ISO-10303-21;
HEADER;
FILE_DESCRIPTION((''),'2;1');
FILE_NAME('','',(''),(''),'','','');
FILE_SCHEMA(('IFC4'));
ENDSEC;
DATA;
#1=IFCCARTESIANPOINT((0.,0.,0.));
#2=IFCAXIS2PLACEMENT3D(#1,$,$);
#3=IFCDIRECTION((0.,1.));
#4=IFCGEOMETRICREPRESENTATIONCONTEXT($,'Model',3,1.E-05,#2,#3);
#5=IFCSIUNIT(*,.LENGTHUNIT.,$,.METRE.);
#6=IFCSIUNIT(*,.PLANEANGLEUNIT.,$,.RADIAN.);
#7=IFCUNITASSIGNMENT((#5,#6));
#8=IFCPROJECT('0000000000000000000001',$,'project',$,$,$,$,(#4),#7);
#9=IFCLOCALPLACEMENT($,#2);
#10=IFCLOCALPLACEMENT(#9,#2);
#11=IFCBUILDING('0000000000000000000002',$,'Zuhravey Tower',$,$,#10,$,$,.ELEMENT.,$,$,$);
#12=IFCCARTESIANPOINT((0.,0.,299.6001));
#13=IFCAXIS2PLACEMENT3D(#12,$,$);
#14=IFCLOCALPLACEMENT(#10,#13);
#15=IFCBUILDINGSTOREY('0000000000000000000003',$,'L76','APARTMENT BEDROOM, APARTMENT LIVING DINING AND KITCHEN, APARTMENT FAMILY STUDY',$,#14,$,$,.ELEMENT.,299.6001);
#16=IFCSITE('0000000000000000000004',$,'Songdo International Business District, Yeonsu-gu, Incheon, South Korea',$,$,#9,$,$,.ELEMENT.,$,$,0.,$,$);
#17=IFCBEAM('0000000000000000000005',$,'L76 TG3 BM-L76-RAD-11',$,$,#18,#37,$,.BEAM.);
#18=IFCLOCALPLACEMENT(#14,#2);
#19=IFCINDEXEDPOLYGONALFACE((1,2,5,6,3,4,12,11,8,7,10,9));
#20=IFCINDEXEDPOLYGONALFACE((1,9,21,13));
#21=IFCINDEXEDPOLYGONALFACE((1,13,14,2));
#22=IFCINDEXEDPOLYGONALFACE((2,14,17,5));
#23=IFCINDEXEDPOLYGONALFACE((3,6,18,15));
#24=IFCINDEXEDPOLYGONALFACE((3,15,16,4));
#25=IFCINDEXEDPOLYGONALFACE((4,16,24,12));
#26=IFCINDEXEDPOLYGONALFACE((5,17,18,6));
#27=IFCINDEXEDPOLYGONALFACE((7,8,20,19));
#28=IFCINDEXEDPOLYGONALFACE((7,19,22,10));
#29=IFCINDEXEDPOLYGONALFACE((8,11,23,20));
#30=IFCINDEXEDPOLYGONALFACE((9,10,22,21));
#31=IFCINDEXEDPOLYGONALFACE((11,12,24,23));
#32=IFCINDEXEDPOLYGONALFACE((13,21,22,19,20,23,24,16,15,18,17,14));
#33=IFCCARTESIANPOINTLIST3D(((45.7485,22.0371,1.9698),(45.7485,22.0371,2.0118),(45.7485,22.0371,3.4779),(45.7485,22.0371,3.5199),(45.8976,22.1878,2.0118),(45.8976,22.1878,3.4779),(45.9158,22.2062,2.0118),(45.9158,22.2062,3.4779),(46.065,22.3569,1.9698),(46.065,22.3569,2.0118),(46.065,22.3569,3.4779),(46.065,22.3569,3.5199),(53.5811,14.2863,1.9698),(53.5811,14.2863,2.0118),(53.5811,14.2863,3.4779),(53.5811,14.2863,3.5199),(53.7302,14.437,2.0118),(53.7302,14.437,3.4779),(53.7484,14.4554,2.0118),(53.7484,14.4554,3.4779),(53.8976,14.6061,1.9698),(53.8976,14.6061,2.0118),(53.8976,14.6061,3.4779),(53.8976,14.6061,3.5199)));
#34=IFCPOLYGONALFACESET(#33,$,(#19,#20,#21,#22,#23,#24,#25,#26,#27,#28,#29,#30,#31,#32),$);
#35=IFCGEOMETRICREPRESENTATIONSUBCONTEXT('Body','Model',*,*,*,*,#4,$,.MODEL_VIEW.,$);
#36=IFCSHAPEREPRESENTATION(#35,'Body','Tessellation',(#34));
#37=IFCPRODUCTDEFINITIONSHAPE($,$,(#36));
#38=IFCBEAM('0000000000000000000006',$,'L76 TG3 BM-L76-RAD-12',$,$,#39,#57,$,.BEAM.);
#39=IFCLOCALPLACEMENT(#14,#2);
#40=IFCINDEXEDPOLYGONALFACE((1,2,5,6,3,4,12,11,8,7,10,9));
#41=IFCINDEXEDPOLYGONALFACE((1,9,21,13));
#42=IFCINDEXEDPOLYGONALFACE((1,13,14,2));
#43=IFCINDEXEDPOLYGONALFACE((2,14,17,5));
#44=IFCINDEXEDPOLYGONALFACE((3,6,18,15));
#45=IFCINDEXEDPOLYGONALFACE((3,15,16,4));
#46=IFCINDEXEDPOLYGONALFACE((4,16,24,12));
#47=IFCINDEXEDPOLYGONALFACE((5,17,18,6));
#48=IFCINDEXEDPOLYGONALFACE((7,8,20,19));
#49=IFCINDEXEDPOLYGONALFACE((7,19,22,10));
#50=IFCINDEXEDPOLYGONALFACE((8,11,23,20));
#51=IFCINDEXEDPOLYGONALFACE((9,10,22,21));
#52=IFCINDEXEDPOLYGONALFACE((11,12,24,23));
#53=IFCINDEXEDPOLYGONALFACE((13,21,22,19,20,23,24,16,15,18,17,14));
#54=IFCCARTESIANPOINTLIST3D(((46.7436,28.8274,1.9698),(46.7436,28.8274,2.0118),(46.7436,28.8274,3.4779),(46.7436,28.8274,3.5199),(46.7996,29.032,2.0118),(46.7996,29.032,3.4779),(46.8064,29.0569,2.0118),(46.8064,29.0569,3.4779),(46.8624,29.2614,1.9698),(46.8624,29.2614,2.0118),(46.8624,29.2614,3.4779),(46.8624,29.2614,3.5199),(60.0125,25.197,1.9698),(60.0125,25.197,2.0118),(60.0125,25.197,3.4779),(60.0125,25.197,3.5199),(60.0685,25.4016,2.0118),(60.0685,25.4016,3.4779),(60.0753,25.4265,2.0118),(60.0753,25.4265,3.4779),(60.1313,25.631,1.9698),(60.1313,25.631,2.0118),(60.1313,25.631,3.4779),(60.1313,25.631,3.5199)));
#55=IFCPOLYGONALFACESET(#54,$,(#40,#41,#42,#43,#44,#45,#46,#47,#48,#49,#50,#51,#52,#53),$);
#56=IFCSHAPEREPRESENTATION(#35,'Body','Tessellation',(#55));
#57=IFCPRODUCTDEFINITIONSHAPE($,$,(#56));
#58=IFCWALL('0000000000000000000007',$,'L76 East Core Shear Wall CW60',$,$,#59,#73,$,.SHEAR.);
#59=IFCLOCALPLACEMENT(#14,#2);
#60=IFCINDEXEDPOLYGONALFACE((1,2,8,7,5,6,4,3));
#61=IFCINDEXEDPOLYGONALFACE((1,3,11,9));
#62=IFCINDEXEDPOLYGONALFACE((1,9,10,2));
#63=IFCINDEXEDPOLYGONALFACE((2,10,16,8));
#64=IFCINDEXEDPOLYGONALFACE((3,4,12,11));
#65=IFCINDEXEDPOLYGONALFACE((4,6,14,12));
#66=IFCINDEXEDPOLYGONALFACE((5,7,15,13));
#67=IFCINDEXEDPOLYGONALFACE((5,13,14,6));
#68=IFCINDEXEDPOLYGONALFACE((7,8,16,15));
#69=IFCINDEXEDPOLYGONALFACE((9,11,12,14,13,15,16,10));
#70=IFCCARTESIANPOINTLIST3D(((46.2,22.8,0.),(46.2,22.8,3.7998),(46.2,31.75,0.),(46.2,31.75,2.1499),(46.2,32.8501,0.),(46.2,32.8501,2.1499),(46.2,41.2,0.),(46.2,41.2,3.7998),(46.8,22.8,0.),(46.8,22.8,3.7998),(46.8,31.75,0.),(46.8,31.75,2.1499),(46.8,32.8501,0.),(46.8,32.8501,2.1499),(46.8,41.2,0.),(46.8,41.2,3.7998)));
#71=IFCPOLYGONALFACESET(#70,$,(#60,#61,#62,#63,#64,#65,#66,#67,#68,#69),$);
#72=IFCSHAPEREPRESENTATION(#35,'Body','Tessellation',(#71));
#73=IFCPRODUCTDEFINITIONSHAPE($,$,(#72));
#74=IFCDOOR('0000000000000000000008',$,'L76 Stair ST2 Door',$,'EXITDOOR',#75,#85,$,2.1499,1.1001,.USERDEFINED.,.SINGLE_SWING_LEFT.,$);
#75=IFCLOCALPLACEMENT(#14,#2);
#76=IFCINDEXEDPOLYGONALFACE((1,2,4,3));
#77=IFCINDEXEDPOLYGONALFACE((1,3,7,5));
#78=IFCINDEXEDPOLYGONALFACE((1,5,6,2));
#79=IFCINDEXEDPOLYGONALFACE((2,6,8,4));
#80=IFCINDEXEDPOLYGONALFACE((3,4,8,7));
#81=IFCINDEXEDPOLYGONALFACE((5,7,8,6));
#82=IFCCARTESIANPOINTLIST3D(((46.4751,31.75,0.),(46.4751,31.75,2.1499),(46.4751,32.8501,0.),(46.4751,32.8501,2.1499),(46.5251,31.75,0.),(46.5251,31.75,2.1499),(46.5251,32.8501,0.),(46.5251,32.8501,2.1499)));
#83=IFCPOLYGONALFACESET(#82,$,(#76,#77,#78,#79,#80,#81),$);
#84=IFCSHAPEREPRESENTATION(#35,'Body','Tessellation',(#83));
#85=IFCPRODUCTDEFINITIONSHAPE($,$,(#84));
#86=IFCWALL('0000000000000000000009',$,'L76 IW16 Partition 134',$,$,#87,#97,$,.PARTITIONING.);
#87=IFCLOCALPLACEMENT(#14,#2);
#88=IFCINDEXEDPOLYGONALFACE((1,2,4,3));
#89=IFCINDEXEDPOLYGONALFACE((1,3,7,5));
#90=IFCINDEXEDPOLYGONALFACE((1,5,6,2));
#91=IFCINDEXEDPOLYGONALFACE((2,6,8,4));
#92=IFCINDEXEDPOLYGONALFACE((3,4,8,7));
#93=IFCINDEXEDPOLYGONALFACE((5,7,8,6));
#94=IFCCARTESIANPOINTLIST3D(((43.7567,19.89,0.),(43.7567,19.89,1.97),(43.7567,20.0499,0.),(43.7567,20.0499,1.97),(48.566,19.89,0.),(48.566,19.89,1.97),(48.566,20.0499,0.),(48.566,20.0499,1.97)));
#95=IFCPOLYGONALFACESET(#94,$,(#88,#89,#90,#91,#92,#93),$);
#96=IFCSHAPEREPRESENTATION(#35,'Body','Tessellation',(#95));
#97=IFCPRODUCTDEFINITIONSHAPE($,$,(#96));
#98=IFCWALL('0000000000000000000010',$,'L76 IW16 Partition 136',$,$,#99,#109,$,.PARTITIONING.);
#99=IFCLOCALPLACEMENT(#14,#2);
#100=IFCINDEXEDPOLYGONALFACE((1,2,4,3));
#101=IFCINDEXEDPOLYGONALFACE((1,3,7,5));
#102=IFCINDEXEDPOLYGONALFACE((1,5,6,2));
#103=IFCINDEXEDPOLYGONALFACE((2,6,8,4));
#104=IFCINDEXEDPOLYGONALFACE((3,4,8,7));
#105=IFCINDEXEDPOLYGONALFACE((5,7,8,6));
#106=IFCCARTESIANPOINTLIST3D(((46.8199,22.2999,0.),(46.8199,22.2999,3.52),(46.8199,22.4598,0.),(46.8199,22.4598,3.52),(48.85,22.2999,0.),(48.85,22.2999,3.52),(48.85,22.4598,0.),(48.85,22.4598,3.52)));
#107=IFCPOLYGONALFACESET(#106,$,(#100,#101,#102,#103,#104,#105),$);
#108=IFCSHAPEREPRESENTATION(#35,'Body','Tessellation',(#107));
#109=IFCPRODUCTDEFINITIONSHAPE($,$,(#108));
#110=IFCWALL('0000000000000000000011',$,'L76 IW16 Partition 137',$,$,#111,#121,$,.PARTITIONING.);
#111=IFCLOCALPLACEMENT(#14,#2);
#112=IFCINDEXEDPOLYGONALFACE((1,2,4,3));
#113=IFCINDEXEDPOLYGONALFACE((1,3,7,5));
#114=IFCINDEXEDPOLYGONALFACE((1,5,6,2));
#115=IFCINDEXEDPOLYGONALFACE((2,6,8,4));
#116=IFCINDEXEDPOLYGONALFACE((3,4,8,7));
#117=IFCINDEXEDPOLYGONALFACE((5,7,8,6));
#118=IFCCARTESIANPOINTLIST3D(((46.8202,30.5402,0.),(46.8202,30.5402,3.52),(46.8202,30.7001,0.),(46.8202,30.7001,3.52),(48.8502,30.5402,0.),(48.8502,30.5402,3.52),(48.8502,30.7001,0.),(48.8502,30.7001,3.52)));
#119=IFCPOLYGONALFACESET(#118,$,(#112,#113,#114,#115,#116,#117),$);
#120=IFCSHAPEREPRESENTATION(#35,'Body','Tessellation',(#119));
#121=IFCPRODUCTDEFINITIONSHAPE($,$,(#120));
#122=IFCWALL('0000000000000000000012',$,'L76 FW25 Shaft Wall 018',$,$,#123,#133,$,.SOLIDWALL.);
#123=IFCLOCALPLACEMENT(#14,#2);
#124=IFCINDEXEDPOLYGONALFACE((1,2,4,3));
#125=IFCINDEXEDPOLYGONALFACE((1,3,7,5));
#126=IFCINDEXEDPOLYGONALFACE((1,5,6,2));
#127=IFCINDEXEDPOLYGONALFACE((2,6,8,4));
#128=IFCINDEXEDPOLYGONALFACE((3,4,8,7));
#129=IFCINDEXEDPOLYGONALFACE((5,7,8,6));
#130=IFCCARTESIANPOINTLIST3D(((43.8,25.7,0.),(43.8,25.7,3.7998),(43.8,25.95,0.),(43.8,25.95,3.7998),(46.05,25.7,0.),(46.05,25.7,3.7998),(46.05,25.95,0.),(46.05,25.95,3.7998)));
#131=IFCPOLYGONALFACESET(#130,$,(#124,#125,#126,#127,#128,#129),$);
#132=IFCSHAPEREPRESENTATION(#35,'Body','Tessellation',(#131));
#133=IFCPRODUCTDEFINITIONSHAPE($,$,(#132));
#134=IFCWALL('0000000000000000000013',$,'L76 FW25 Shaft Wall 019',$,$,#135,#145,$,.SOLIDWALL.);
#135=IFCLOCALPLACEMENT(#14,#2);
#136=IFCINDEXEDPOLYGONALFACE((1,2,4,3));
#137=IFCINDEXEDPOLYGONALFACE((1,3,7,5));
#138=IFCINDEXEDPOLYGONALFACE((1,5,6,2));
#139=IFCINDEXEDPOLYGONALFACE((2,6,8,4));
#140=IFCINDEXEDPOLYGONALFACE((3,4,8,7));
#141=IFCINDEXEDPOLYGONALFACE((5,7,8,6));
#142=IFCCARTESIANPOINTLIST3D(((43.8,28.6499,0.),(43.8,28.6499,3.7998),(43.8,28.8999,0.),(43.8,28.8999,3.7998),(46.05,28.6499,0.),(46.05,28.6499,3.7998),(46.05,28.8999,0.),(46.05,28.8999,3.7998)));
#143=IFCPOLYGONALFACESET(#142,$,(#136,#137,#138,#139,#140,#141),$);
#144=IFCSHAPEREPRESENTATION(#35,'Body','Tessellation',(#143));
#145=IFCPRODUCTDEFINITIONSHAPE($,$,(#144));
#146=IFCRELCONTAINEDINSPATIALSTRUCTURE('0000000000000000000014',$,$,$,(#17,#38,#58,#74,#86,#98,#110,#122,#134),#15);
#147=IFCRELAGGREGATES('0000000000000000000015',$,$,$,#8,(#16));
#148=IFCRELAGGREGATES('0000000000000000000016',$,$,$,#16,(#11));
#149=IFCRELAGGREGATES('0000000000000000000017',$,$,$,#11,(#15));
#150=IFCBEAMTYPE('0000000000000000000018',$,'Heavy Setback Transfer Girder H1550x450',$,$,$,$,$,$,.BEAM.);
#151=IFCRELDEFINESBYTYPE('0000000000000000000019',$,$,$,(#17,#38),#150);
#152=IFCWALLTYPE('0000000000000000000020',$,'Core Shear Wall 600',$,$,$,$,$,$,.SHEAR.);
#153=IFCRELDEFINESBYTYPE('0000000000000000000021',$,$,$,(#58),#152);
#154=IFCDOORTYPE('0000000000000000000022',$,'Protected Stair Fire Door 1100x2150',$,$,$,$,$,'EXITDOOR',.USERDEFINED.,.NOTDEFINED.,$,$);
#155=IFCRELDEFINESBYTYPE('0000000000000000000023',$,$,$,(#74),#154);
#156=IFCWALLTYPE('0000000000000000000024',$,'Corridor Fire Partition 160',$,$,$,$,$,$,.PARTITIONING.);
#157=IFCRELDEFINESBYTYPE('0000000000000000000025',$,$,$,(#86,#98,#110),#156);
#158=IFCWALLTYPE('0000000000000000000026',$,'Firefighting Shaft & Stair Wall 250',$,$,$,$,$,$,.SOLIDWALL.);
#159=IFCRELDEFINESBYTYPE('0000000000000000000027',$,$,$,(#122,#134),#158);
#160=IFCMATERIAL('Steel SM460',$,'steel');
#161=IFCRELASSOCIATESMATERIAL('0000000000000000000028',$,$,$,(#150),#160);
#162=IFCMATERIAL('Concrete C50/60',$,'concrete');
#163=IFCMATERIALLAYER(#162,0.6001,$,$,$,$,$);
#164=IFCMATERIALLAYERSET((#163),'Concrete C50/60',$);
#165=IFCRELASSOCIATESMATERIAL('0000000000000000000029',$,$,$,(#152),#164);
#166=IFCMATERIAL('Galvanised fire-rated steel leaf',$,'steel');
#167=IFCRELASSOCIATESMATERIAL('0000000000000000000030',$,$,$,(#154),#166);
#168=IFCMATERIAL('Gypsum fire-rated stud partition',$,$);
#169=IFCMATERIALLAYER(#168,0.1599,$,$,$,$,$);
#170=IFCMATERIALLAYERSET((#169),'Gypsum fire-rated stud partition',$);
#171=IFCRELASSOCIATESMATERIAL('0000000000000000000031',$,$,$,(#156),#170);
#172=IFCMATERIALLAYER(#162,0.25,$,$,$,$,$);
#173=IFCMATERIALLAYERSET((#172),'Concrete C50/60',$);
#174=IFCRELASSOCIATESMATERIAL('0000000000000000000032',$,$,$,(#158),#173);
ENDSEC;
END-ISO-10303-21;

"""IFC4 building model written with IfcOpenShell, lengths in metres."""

from ifc_helpers import new_model, si_unit, direction, frame, frame_2d, origin, origin_2d, place, context, subcontext, project, spatial, rectangle, i_section, extrude, material, layer, layer_set, material_profile, profile_set, type_object, element, fill, save


model = new_model("IFC4")

# Units and contexts
model_context = context("Model", 3, precision=1e-05, world=origin(), true_north=direction((0.0, 1.0)))
body_context = subcontext(model_context, "Body", "Model", "MODEL_VIEW")
ifc_project = project(units=[si_unit("LENGTHUNIT", "METRE"), si_unit("PLANEANGLEUNIT", "RADIAN")], contexts=[model_context])

# Site, building, storey
site_placement = place(None, origin())
site = spatial("IfcSite", under=ifc_project, at=site_placement, Name="Songdo International Business District, Yeonsu-gu, Incheon, South Korea", CompositionType="ELEMENT", RefElevation=0.0)
building_placement = place(site_placement, origin())
building = spatial("IfcBuilding", under=site, at=building_placement, Name="Zuhravey Tower", CompositionType="ELEMENT")
storey_placement = place(building_placement, frame((0.0, 0.0, 299.6001)))
storey = spatial("IfcBuildingStorey", under=building, at=storey_placement, Name="L76", Description="APARTMENT BEDROOM, APARTMENT LIVING DINING AND KITCHEN, APARTMENT FAMILY STUDY", CompositionType="ELEMENT", Elevation=299.6001)

# Beams
ifc_material_1 = material(Name="Steel SM460", Category="steel")
ifc_material_profile = material_profile(ifc_material_1, i_section(OverallWidth=0.45, OverallDepth=1.55, WebThickness=0.0259, FlangeThickness=0.042, at=origin_2d()), Name="H-1550x450x26x42")
ifc_profile_set = profile_set([ifc_material_profile], Name="Steel SM460")
beam_type = type_object("IfcBeamType", Name="Heavy Setback Transfer Girder H1550x450", PredefinedType="BEAM", material=ifc_profile_set)
beam_1_placement = place(storey_placement, frame((45.9067, 22.197, 2.7449), z_axis=(0.710808, -0.703386, 0.0), x_axis=(0.703386, 0.710808, 0.0)))
element("IfcBeam", 1, at=beam_1_placement, inside=storey, type_object=beam_type, Name="L76 TG3 BM-L76-RAD-11", PredefinedType="BEAM", context=body_context, shape_type="SweptSolid", body=[
    extrude(i_section(OverallWidth=0.45, OverallDepth=1.55, WebThickness=0.0259, FlangeThickness=0.042, at=origin_2d()), origin(), (0.0, 0.0, 1.0), 11.0193),
])
beam_2_placement = place(storey_placement, frame((46.803, 29.0444, 2.7449), z_axis=(0.964549, -0.263903, 0.0), x_axis=(0.263903, 0.964549, 0.0)))
element("IfcBeam", 2, at=beam_2_placement, inside=storey, type_object=beam_type, Name="L76 TG3 BM-L76-RAD-12", PredefinedType="BEAM", context=body_context, shape_type="SweptSolid", body=[
    extrude(i_section(OverallWidth=0.45, OverallDepth=1.55, WebThickness=0.0259, FlangeThickness=0.042, at=origin_2d()), origin(), (0.0, 0.0, 1.0), 13.7566),
])

# Wall, opening, door
ifc_material_2 = material(Name="Concrete C50/60", Category="concrete")
ifc_layer_1 = layer(ifc_material_2, 0.6001)
ifc_layer_set_1 = layer_set([ifc_layer_1], Name="Concrete C50/60")
wall_type_1 = type_object("IfcWallType", Name="Core Shear Wall 600", PredefinedType="SHEAR", material=ifc_layer_set_1)
wall_1_placement = place(storey_placement, frame((46.5, 22.8, 0.0), z_axis=(0.0, 0.0, 1.0), x_axis=(0.0, 1.0, 0.0)))
wall_1 = element("IfcWall", 3, at=wall_1_placement, inside=storey, type_object=wall_type_1, Name="L76 East Core Shear Wall CW60", PredefinedType="SHEAR", context=body_context, shape_type="SweptSolid", body=[
    extrude(rectangle(XDim=18.3999, YDim=0.6001, at=frame_2d((9.2, 0.0))), origin(), (0.0, 0.0, 1.0), 3.7998),
])
opening_1_placement = place(wall_1_placement, frame((8.95, 0.0, 0.0)))
opening_1 = element("IfcOpeningElement", 4, at=opening_1_placement, cuts=wall_1, PredefinedType="OPENING", context=body_context, shape_type="SweptSolid", body=[
    extrude(rectangle(XDim=1.1001, YDim=2.1499, at=frame_2d((0.55, 1.075))), frame((0.0, 0.312, 0.0), z_axis=(0.0, -1.0, 0.0), x_axis=(1.0, 0.0, 0.0)), (0.0, 0.0, 1.0), 0.624),
])
ifc_material_3 = material(Name="Galvanised fire-rated steel leaf", Category="steel")
door_type_1 = type_object("IfcDoorType", Name="Protected Stair Fire Door 1100x2150", ElementType="EXITDOOR", OperationType="NOTDEFINED", PredefinedType="USERDEFINED", material=ifc_material_3)
door_1_placement = place(opening_1_placement, origin())
door_1 = element("IfcDoor", 5, at=door_1_placement, inside=storey, type_object=door_type_1, Name="L76 Stair ST2 Door", ObjectType="EXITDOOR", OperationType="SINGLE_SWING_LEFT", OverallHeight=2.1499, OverallWidth=1.1001, PredefinedType="USERDEFINED", context=body_context, shape_type="SweptSolid", body=[
    extrude(rectangle(XDim=1.1001, YDim=2.1499, at=frame_2d((0.55, 1.075))), frame((0.0, 0.0249, 0.0), z_axis=(0.0, -1.0, 0.0), x_axis=(1.0, 0.0, 0.0)), (0.0, 0.0, 1.0), 0.05),
])
fill(opening_1, door_1)

# Walls
ifc_material_4 = material(Name="Gypsum fire-rated stud partition")
ifc_layer_2 = layer(ifc_material_4, 0.1599)
ifc_layer_set_2 = layer_set([ifc_layer_2], Name="Gypsum fire-rated stud partition")
wall_type_2 = type_object("IfcWallType", Name="Corridor Fire Partition 160", PredefinedType="PARTITIONING", material=ifc_layer_set_2)
wall_2_placement = place(storey_placement, frame((43.7566, 19.97, 0.0), z_axis=(0.0, 0.0, 1.0), x_axis=(1.0, 0.0, 0.0)))
element("IfcWall", 6, at=wall_2_placement, inside=storey, type_object=wall_type_2, Name="L76 IW16 Partition 134", PredefinedType="PARTITIONING", context=body_context, shape_type="SweptSolid", body=[
    extrude(rectangle(XDim=4.8093, YDim=0.1599, at=frame_2d((2.4048, 0.0))), origin(), (0.0, 0.0, 1.0), 1.97),
])
for number, where, z_axis, x_axis, name in (
    (7, (48.8501, 22.3799, 0.0), (0.0, 0.0, 1.0), (-1.0, 0.0, 0.0), "L76 IW16 Partition 136"),
    (8, (46.8201, 30.6201, 0.0), (0.0, 0.0, 1.0), (1.0, 0.0, 0.0), "L76 IW16 Partition 137"),
):
    element("IfcWall", number, at=place(storey_placement, frame(where, z_axis=z_axis, x_axis=x_axis)), inside=storey, type_object=wall_type_2, Name=name, PredefinedType="PARTITIONING", context=body_context, shape_type="SweptSolid", body=[
        extrude(rectangle(XDim=2.03, YDim=0.1599, at=frame_2d((1.0151, 0.0))), origin(), (0.0, 0.0, 1.0), 3.52),
    ])
ifc_layer_3 = layer(ifc_material_2, 0.25)
ifc_layer_set_3 = layer_set([ifc_layer_3], Name="Concrete C50/60")
wall_type_3 = type_object("IfcWallType", Name="Firefighting Shaft & Stair Wall 250", PredefinedType="SOLIDWALL", material=ifc_layer_set_3)
for number, where, z_axis, x_axis, name in (
    (9, (43.8, 25.825, 0.0), (0.0, 0.0, 1.0), (1.0, 0.0, 0.0), "L76 FW25 Shaft Wall 018"),
    (10, (43.8, 28.7749, 0.0), (0.0, 0.0, 1.0), (1.0, 0.0, 0.0), "L76 FW25 Shaft Wall 019"),
):
    element("IfcWall", number, at=place(storey_placement, frame(where, z_axis=z_axis, x_axis=x_axis)), inside=storey, type_object=wall_type_3, Name=name, PredefinedType="SOLIDWALL", context=body_context, shape_type="SweptSolid", body=[
        extrude(rectangle(XDim=2.25, YDim=0.25, at=frame_2d((1.125, 0.0))), origin(), (0.0, 0.0, 1.0), 3.7998),
    ])

save(model, "model.ifc")
